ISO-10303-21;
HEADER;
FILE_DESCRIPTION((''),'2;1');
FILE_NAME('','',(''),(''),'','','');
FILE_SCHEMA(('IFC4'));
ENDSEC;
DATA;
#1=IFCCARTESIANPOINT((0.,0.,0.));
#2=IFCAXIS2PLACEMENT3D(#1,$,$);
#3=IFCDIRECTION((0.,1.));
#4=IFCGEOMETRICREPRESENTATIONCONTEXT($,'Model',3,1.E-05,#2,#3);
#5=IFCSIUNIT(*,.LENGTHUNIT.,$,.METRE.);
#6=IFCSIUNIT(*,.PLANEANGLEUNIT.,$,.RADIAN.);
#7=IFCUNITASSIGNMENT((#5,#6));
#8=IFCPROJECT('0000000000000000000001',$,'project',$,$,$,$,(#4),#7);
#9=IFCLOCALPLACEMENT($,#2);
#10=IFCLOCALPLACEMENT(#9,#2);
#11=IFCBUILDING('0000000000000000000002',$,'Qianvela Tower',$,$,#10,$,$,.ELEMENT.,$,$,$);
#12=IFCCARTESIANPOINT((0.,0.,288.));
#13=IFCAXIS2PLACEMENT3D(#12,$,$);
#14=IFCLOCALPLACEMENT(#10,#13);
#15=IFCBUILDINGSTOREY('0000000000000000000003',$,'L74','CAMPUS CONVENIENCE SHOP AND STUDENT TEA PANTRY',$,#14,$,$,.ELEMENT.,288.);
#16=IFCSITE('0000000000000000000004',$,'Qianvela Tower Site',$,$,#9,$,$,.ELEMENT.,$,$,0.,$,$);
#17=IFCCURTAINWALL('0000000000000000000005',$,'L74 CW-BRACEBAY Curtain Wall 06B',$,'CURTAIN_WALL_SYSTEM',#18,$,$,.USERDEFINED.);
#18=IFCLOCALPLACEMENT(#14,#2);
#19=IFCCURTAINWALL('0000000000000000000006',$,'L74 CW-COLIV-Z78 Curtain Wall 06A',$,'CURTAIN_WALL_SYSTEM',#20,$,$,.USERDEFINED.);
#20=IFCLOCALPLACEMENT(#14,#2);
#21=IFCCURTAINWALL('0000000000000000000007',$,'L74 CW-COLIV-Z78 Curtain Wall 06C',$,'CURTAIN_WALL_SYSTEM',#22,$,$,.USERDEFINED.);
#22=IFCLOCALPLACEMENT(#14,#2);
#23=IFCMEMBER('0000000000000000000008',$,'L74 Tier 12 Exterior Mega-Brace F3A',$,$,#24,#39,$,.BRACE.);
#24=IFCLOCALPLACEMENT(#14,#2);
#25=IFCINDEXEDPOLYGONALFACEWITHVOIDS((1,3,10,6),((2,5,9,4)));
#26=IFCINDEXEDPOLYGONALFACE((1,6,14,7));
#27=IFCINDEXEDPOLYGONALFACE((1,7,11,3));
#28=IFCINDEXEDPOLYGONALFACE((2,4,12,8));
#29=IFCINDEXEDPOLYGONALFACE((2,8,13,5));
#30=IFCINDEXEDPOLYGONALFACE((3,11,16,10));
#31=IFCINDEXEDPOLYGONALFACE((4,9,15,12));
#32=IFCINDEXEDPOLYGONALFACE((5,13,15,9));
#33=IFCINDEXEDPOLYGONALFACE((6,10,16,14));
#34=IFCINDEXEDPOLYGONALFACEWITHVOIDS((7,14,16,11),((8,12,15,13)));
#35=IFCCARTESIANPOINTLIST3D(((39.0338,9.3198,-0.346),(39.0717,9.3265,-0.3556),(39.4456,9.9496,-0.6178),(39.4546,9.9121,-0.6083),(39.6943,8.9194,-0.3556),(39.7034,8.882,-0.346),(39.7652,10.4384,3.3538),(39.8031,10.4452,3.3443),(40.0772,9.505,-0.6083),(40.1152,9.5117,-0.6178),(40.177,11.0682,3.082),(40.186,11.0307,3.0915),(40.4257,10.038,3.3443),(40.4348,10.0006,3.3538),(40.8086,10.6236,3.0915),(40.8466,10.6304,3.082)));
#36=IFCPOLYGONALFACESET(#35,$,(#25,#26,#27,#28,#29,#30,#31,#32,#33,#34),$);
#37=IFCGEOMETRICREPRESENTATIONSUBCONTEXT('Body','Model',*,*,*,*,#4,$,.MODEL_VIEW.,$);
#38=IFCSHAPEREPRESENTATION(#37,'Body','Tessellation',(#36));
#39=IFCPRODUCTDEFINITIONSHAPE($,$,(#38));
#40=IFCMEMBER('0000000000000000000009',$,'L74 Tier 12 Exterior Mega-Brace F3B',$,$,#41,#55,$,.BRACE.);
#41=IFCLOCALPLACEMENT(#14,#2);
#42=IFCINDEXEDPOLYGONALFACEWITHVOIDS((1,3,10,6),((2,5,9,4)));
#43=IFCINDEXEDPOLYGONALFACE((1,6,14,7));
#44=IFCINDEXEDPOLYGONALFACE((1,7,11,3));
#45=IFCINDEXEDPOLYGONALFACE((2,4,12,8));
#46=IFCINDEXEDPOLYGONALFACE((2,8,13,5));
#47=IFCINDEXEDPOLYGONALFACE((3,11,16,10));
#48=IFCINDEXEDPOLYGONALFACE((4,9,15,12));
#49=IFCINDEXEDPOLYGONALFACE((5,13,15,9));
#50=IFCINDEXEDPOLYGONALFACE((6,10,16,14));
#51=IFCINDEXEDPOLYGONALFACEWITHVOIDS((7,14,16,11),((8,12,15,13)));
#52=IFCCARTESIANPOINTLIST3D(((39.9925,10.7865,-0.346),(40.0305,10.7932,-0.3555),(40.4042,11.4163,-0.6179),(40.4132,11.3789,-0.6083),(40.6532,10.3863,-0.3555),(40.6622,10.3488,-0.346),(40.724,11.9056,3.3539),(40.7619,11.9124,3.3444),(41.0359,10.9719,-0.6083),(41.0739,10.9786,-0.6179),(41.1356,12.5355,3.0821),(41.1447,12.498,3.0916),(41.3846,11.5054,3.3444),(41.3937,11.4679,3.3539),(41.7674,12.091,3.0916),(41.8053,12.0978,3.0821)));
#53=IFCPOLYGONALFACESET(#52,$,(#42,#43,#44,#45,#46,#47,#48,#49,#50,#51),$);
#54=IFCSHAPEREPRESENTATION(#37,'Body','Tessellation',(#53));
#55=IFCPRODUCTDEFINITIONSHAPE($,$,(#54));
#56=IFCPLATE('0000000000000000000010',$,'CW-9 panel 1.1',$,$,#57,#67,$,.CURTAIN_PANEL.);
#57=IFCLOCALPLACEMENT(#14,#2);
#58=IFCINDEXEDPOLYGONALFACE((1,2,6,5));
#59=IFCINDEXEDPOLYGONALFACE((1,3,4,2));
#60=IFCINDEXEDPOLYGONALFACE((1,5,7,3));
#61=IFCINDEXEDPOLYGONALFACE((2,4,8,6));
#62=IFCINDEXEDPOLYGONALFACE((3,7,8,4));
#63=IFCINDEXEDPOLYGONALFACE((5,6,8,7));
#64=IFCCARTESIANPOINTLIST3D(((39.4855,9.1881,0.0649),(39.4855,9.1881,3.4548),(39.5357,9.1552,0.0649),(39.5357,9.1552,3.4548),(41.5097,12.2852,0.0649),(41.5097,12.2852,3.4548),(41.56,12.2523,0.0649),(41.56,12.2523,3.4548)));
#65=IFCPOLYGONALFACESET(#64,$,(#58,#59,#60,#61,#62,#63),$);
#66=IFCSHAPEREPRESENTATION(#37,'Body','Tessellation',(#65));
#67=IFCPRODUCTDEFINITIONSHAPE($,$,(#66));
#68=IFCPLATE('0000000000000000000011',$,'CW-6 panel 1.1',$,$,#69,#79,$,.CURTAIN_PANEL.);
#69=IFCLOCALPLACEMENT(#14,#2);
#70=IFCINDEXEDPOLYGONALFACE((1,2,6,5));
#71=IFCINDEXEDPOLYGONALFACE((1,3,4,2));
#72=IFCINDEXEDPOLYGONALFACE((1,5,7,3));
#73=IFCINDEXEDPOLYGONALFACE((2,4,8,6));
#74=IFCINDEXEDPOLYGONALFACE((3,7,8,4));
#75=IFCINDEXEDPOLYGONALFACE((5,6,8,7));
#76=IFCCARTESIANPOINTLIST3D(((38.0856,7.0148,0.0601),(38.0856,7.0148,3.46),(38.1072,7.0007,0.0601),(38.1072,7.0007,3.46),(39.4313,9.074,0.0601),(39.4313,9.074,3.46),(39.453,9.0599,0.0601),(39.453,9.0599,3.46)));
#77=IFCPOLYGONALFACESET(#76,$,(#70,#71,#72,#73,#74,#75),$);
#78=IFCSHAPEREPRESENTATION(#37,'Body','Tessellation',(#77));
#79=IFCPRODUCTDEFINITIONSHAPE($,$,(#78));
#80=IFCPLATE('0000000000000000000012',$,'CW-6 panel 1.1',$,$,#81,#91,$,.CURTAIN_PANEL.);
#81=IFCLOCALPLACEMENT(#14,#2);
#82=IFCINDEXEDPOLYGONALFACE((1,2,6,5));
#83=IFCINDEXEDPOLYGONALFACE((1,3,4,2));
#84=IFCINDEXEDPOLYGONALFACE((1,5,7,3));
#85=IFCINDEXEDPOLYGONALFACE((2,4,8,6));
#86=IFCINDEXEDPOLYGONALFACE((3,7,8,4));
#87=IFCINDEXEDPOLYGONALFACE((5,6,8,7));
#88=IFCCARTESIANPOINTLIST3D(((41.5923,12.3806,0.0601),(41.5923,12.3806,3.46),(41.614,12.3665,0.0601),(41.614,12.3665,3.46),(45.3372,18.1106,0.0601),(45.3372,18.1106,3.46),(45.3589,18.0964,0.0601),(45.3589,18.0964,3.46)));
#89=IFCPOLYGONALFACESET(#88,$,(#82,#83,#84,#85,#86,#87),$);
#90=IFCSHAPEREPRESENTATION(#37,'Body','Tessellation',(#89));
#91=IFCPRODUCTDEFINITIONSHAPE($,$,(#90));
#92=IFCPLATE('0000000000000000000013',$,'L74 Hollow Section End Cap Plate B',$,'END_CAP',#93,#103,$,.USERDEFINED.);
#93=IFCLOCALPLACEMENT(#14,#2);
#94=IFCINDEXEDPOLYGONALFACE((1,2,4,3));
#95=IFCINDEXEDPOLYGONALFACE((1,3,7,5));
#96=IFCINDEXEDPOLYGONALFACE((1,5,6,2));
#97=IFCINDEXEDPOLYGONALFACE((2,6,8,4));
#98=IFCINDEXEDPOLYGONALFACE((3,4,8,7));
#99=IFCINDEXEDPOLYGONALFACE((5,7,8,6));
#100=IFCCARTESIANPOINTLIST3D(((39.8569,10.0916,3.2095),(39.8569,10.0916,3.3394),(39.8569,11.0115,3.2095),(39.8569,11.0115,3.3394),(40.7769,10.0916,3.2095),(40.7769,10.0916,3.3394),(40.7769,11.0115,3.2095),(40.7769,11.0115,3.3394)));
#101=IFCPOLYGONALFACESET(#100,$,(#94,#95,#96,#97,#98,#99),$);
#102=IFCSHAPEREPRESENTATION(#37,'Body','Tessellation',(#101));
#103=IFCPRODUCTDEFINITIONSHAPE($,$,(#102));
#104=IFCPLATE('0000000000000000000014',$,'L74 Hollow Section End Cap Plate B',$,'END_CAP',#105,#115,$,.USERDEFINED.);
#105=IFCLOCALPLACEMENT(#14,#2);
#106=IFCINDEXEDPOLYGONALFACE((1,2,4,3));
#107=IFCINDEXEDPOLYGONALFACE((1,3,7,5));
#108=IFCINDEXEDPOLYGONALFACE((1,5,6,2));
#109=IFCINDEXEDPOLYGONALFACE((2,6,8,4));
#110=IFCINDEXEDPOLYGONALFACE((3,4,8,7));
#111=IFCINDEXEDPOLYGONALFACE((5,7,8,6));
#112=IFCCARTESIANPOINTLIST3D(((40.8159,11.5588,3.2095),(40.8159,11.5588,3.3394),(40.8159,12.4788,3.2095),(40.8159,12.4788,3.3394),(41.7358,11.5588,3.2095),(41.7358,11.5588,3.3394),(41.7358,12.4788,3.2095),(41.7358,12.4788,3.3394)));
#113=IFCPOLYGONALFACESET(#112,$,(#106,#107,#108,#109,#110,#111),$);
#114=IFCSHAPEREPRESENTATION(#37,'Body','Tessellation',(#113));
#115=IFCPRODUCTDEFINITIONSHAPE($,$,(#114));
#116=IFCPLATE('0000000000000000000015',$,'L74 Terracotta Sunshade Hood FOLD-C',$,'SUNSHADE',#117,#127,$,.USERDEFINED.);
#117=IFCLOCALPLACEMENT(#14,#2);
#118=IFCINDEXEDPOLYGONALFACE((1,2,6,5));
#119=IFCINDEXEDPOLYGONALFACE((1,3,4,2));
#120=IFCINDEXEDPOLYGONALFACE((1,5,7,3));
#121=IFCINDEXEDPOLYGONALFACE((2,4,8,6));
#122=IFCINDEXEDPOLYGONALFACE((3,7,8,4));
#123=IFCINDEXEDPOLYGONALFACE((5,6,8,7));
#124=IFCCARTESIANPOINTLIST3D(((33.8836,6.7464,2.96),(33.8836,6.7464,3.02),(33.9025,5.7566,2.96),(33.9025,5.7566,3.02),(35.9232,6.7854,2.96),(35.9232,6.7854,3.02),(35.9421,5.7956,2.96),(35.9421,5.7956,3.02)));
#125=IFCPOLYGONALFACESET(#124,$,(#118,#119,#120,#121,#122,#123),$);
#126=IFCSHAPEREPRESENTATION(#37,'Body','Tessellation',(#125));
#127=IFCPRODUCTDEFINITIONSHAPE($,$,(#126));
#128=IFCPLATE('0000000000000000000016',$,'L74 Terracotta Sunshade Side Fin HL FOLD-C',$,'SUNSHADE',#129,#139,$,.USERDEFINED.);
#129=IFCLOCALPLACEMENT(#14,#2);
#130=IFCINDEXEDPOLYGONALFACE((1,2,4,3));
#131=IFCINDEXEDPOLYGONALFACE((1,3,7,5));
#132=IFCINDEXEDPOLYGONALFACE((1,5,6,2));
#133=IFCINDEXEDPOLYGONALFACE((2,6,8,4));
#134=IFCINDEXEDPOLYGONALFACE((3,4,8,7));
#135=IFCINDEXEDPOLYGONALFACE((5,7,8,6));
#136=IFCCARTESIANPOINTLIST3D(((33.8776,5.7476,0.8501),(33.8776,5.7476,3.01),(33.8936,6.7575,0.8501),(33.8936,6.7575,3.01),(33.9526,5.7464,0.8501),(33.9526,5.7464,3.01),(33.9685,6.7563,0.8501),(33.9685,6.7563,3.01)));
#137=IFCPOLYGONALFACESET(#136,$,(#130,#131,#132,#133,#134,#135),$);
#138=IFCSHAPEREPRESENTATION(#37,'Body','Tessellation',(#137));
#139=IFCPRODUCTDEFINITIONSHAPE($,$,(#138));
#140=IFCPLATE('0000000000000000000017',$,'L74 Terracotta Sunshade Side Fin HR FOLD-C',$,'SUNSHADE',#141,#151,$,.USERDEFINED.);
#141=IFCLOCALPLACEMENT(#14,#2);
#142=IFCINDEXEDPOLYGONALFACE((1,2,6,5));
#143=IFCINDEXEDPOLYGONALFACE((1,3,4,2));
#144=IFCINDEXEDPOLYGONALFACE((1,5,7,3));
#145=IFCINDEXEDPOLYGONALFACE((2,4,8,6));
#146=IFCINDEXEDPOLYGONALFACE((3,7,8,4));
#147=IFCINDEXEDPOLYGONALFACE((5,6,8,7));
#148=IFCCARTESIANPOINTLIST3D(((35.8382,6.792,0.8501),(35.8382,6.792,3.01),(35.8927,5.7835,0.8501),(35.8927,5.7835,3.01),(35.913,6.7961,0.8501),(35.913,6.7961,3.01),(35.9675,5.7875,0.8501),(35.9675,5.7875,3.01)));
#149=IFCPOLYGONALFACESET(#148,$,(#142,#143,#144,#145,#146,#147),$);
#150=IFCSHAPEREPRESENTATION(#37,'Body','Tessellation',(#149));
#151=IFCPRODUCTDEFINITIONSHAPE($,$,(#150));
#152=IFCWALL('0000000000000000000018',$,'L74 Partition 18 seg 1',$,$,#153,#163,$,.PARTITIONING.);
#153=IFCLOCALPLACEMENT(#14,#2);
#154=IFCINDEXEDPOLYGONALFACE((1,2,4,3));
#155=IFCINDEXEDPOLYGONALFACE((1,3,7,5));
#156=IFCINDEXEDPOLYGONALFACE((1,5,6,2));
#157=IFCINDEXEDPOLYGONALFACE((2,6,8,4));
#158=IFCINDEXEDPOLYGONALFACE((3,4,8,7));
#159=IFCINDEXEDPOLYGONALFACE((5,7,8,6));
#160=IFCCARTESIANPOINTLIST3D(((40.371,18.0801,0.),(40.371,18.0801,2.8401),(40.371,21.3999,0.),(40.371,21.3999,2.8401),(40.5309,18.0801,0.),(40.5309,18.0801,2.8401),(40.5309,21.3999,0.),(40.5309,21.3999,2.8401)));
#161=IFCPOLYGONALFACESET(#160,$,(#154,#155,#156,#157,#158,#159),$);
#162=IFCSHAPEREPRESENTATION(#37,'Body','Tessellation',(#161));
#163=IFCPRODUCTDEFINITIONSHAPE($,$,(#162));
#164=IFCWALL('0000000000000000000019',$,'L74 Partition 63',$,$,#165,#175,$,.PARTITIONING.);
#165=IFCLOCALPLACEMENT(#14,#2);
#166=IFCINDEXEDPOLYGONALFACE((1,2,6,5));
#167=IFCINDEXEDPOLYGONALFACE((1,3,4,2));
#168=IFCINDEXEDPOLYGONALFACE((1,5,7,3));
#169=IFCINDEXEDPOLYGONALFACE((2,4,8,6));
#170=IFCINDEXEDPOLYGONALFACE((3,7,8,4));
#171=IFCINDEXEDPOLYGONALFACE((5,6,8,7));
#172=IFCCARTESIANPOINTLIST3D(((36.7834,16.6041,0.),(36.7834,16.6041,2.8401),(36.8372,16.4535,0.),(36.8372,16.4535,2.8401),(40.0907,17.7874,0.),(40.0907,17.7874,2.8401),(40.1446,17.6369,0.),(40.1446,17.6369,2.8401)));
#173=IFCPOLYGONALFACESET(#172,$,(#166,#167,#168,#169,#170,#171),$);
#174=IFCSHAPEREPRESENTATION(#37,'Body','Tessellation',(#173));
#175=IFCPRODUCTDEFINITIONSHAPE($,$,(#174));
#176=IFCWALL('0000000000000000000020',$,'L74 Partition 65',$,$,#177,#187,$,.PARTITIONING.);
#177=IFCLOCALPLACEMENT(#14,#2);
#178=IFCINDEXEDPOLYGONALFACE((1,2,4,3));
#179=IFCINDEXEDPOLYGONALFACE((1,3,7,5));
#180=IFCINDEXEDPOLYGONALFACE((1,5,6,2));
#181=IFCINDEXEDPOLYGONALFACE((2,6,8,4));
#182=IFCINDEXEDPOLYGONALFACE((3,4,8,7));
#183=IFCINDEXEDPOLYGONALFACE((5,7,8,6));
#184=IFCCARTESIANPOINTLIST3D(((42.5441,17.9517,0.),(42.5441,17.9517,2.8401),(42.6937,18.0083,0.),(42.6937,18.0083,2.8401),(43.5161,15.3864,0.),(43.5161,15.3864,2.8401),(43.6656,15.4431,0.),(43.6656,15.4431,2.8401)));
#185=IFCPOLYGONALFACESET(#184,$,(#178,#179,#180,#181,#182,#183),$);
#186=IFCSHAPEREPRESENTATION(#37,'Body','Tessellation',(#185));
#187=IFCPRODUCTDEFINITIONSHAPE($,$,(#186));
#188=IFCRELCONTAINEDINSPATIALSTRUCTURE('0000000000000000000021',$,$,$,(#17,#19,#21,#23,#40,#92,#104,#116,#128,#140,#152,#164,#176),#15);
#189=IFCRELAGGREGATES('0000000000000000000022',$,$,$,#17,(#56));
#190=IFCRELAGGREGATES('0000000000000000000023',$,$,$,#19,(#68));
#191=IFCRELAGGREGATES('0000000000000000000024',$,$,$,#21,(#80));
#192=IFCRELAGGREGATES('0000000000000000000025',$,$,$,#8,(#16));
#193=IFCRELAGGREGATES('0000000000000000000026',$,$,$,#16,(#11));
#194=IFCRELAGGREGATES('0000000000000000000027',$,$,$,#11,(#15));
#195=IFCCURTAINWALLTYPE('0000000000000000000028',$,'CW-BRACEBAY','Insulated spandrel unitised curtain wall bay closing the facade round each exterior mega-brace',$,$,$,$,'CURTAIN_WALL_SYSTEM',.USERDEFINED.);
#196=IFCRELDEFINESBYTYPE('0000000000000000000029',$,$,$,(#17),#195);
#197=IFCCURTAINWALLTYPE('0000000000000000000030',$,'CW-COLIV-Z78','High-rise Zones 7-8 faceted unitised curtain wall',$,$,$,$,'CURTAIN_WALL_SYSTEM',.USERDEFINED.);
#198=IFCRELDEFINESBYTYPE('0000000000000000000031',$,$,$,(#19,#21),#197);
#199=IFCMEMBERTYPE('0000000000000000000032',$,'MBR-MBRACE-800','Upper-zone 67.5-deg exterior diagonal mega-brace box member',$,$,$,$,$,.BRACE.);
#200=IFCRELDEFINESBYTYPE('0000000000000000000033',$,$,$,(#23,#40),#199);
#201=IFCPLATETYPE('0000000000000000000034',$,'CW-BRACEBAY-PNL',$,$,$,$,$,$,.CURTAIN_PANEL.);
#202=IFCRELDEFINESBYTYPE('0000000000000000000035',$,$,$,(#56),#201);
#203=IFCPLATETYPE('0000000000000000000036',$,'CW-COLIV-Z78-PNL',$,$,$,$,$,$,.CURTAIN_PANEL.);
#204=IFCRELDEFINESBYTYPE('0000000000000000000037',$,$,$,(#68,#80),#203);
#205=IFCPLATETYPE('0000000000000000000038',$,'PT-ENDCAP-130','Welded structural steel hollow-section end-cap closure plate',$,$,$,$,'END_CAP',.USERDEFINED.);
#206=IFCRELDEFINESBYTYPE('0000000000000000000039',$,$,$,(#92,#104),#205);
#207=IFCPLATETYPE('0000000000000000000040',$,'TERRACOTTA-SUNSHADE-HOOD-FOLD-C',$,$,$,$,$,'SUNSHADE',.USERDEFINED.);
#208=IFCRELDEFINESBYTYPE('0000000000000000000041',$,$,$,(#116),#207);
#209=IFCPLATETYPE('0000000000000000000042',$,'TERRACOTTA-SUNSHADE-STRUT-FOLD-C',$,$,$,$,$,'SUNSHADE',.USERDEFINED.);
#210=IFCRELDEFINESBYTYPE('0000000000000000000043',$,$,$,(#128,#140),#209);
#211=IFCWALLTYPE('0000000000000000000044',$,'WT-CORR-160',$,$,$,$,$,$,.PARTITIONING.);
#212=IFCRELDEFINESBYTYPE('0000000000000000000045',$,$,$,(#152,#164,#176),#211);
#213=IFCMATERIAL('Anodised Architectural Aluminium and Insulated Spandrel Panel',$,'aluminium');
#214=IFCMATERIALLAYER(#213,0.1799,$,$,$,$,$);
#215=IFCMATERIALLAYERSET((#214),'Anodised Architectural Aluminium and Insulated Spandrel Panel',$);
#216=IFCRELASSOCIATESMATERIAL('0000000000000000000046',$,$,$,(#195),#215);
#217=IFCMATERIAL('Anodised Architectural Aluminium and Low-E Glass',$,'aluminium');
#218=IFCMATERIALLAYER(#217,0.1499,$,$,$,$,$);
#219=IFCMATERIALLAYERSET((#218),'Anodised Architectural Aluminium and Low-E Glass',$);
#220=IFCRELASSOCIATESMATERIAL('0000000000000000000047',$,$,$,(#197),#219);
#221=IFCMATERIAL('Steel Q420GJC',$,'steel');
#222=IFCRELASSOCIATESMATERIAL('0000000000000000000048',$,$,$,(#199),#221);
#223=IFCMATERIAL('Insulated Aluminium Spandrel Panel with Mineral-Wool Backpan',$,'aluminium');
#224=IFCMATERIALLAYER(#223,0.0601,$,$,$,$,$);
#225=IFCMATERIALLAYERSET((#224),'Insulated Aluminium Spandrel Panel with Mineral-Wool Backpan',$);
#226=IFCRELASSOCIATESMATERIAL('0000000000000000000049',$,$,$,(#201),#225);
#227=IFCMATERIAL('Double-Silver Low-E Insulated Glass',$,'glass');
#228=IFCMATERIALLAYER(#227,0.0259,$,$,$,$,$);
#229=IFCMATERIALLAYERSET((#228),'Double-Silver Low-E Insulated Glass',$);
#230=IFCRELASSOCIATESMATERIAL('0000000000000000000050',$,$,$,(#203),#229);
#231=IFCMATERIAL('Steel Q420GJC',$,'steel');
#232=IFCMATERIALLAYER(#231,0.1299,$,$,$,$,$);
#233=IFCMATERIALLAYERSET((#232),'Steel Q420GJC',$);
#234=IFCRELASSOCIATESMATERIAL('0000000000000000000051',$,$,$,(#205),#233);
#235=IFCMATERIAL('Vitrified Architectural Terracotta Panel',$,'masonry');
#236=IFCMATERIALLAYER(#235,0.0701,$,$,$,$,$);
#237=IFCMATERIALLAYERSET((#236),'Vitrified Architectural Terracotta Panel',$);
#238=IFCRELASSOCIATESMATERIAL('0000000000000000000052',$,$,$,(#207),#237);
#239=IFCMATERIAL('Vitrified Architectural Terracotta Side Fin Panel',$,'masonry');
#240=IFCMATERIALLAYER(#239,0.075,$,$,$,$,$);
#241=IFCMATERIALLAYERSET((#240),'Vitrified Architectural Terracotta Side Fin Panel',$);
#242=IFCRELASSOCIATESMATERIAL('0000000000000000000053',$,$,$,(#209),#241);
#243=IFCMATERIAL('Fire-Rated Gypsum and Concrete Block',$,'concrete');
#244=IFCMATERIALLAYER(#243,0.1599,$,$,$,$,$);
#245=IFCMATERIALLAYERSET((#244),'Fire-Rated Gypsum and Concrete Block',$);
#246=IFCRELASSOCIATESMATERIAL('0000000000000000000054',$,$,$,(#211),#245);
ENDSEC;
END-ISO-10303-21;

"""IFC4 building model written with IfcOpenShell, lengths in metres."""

from ifc_helpers import new_model, si_unit, direction, frame, frame_2d, origin, origin_2d, place, context, subcontext, project, spatial, rectangle, hollow_rectangle, extrude, material, layer, layer_set, material_profile, profile_set, type_object, element, aggregate, save


model = new_model("IFC4")

# Units and contexts
model_context = context("Model", 3, precision=1e-05, world=origin(), true_north=direction((0.0, 1.0)))
body_context = subcontext(model_context, "Body", "Model", "MODEL_VIEW")
ifc_project = project(units=[si_unit("LENGTHUNIT", "METRE"), si_unit("PLANEANGLEUNIT", "RADIAN")], contexts=[model_context])

# Site, building, storey
site_placement = place(None, origin())
site = spatial("IfcSite", under=ifc_project, at=site_placement, Name="Qianvela Tower Site", CompositionType="ELEMENT", RefElevation=0.0)
building_placement = place(site_placement, origin())
building = spatial("IfcBuilding", under=site, at=building_placement, Name="Qianvela Tower", CompositionType="ELEMENT")
storey_placement = place(building_placement, frame((0.0, 0.0, 288.0)))
storey = spatial("IfcBuildingStorey", under=building, at=storey_placement, Name="L74", Description="CAMPUS CONVENIENCE SHOP AND STUDENT TEA PANTRY", CompositionType="ELEMENT", Elevation=288.0)

# Curtain walls
ifc_material_1 = material(Name="Anodised Architectural Aluminium and Insulated Spandrel Panel", Category="aluminium")
ifc_layer_1 = layer(ifc_material_1, 0.1799)
ifc_layer_set_1 = layer_set([ifc_layer_1], Name="Anodised Architectural Aluminium and Insulated Spandrel Panel")
curtain_wall_type_1 = type_object("IfcCurtainWallType", Name="CW-BRACEBAY", Description="Insulated spandrel unitised curtain wall bay closing the facade round each exterior mega-brace", ElementType="CURTAIN_WALL_SYSTEM", PredefinedType="USERDEFINED", material=ifc_layer_set_1)
curtain_wall_1_placement = place(storey_placement, origin())
curtain_wall_1 = element("IfcCurtainWall", 1, at=curtain_wall_1_placement, inside=storey, type_object=curtain_wall_type_1, Name="L74 CW-BRACEBAY Curtain Wall 06B", ObjectType="CURTAIN_WALL_SYSTEM", PredefinedType="USERDEFINED")
ifc_material_2 = material(Name="Anodised Architectural Aluminium and Low-E Glass", Category="aluminium")
ifc_layer_2 = layer(ifc_material_2, 0.1499)
ifc_layer_set_2 = layer_set([ifc_layer_2], Name="Anodised Architectural Aluminium and Low-E Glass")
curtain_wall_type_2 = type_object("IfcCurtainWallType", Name="CW-COLIV-Z78", Description="High-rise Zones 7-8 faceted unitised curtain wall", ElementType="CURTAIN_WALL_SYSTEM", PredefinedType="USERDEFINED", material=ifc_layer_set_2)
curtain_wall_2_placement = place(storey_placement, origin())
curtain_wall_2 = element("IfcCurtainWall", 2, at=curtain_wall_2_placement, inside=storey, type_object=curtain_wall_type_2, Name="L74 CW-COLIV-Z78 Curtain Wall 06A", ObjectType="CURTAIN_WALL_SYSTEM", PredefinedType="USERDEFINED")
curtain_wall_3_placement = place(storey_placement, origin())
curtain_wall_3 = element("IfcCurtainWall", 3, at=curtain_wall_3_placement, inside=storey, type_object=curtain_wall_type_2, Name="L74 CW-COLIV-Z78 Curtain Wall 06C", ObjectType="CURTAIN_WALL_SYSTEM", PredefinedType="USERDEFINED")

# Members
ifc_material_3 = material(Name="Steel Q420GJC", Category="steel")
ifc_material_profile_1 = material_profile(ifc_material_3, hollow_rectangle(XDim=0.8, YDim=0.8, WallThickness=0.0281, at=origin_2d()), Name="MBOX-800x800x28")
ifc_profile_set_1 = profile_set([ifc_material_profile_1], Name="Steel Q420GJC")
member_type_1 = type_object("IfcMemberType", Name="MBR-MBRACE-800", Description="Upper-zone 67.5-deg exterior diagonal mega-brace box member", PredefinedType="BRACE", material=ifc_profile_set_1)
member_1_placement = place(storey_placement, frame((39.5745, 9.4158, -0.4819), z_axis=(0.185931, 0.284358, 0.940516), x_axis=(-0.836963, 0.547259, 0.0)))
element("IfcMember", 4, at=member_1_placement, inside=storey, type_object=member_type_1, Name="L74 Tier 12 Exterior Mega-Brace F3A", PredefinedType="BRACE", context=body_context, shape_type="SweptSolid", body=[
    extrude(hollow_rectangle(XDim=0.8, YDim=0.8, WallThickness=0.0281, at=origin_2d()), origin(), (0.0, 0.0, 1.0), 3.9338),
])
member_2_placement = place(storey_placement, frame((40.5332, 10.8826, -0.4819), z_axis=(0.185925, 0.284472, 0.940483), x_axis=(-0.837073, 0.547092, 0.0)))
element("IfcMember", 5, at=member_2_placement, inside=storey, type_object=member_type_1, Name="L74 Tier 12 Exterior Mega-Brace F3B", PredefinedType="BRACE", context=body_context, shape_type="SweptSolid", body=[
    extrude(hollow_rectangle(XDim=0.8, YDim=0.8, WallThickness=0.0281, at=origin_2d()), origin(), (0.0, 0.0, 1.0), 3.9341),
])

# Plates
ifc_material_4 = material(Name="Insulated Aluminium Spandrel Panel with Mineral-Wool Backpan", Category="aluminium")
ifc_layer_3 = layer(ifc_material_4, 0.0601)
ifc_layer_set_3 = layer_set([ifc_layer_3], Name="Insulated Aluminium Spandrel Panel with Mineral-Wool Backpan")
plate_type_1 = type_object("IfcPlateType", Name="CW-BRACEBAY-PNL", PredefinedType="CURTAIN_PANEL", material=ifc_layer_set_3)
plate_1_placement = place(storey_placement, frame((40.5227, 10.7202, 0.0649), z_axis=(0.0, 0.0, 1.0), x_axis=(0.547097, 0.837069, 0.0)))
plate_1 = element("IfcPlate", 6, at=plate_1_placement, type_object=plate_type_1, Name="CW-9 panel 1.1", PredefinedType="CURTAIN_PANEL", context=body_context, shape_type="SweptSolid", body=[
    extrude(rectangle(XDim=3.7, YDim=0.0601, at=origin_2d()), origin(), (0.0, 0.0, 1.0), 3.3899),
])
aggregate(curtain_wall_1, [plate_1])
ifc_material_5 = material(Name="Double-Silver Low-E Insulated Glass", Category="glass")
ifc_layer_4 = layer(ifc_material_5, 0.0259)
ifc_layer_set_4 = layer_set([ifc_layer_4], Name="Double-Silver Low-E Insulated Glass")
plate_type_2 = type_object("IfcPlateType", Name="CW-COLIV-Z78-PNL", PredefinedType="CURTAIN_PANEL", material=ifc_layer_set_4)
plate_2_placement = place(storey_placement, frame((38.7693, 8.0374, 0.0601), z_axis=(0.0, 0.0, 1.0), x_axis=(0.547074, 0.837084, 0.0)))
plate_2 = element("IfcPlate", 7, at=plate_2_placement, type_object=plate_type_2, Name="CW-6 panel 1.1", PredefinedType="CURTAIN_PANEL", context=body_context, shape_type="SweptSolid", body=[
    extrude(rectangle(XDim=2.46, YDim=0.0259, at=origin_2d()), origin(), (0.0, 0.0, 1.0), 3.3999),
])
aggregate(curtain_wall_2, [plate_2])
plate_3_placement = place(storey_placement, frame((43.4756, 15.2385, 0.0601), z_axis=(0.0, 0.0, 1.0), x_axis=(0.547081, 0.83708, 0.0)))
plate_3 = element("IfcPlate", 8, at=plate_3_placement, type_object=plate_type_2, Name="CW-6 panel 1.1", PredefinedType="CURTAIN_PANEL", context=body_context, shape_type="SweptSolid", body=[
    extrude(rectangle(XDim=6.8452, YDim=0.0259, at=origin_2d()), origin(), (0.0, 0.0, 1.0), 3.3999),
])
aggregate(curtain_wall_3, [plate_3])

# Plates
ifc_material_6 = material(Name="Steel Q420GJC", Category="steel")
ifc_layer_5 = layer(ifc_material_6, 0.1299)
ifc_layer_set_5 = layer_set([ifc_layer_5], Name="Steel Q420GJC")
plate_type_3 = type_object("IfcPlateType", Name="PT-ENDCAP-130", Description="Welded structural steel hollow-section end-cap closure plate", ElementType="END_CAP", PredefinedType="USERDEFINED", material=ifc_layer_set_5)
for number, where, z_axis, x_axis, name in (
    (9, (40.3169, 10.5515, 3.2095), (0.0, 0.0, 1.0), (1.0, 0.0, 0.0), "L74 Hollow Section End Cap Plate B"),
    (10, (41.2759, 12.0188, 3.2095), (0.0, 0.0, 1.0), (1.0, 0.0, 0.0), "L74 Hollow Section End Cap Plate B"),
):
    element("IfcPlate", number, at=place(storey_placement, frame(where, z_axis=z_axis, x_axis=x_axis)), inside=storey, type_object=plate_type_3, Name=name, ObjectType="END_CAP", PredefinedType="USERDEFINED", context=body_context, shape_type="SweptSolid", body=[
        extrude(rectangle(XDim=0.9199, YDim=0.9199, at=origin_2d()), origin(), (0.0, 0.0, 1.0), 0.1299),
    ])
ifc_material_7 = material(Name="Vitrified Architectural Terracotta Panel", Category="masonry")
ifc_layer_6 = layer(ifc_material_7, 0.0701)
ifc_layer_set_6 = layer_set([ifc_layer_6], Name="Vitrified Architectural Terracotta Panel")
plate_type_4 = type_object("IfcPlateType", Name="TERRACOTTA-SUNSHADE-HOOD-FOLD-C", ElementType="SUNSHADE", PredefinedType="USERDEFINED", material=ifc_layer_set_6)
plate_4_placement = place(storey_placement, frame((34.9128, 6.271, 2.96), z_axis=(0.0, 0.0, 1.0), x_axis=(0.999818, 0.019098, 0.0)))
element("IfcPlate", 11, at=plate_4_placement, inside=storey, type_object=plate_type_4, Name="L74 Terracotta Sunshade Hood FOLD-C", ObjectType="SUNSHADE", PredefinedType="USERDEFINED", context=body_context, shape_type="SweptSolid", body=[
    extrude(rectangle(XDim=2.04, YDim=0.99, at=origin_2d()), origin(), (0.0, 0.0, 1.0), 0.0601),
])
ifc_material_8 = material(Name="Vitrified Architectural Terracotta Side Fin Panel", Category="masonry")
ifc_layer_7 = layer(ifc_material_8, 0.075)
ifc_layer_set_7 = layer_set([ifc_layer_7], Name="Vitrified Architectural Terracotta Side Fin Panel")
plate_type_5 = type_object("IfcPlateType", Name="TERRACOTTA-SUNSHADE-STRUT-FOLD-C", ElementType="SUNSHADE", PredefinedType="USERDEFINED", material=ifc_layer_set_7)
for number, where, z_axis, x_axis, name in (
    (12, (33.9231, 6.252, 0.8501), (0.0, 0.0, 1.0), (0.999875, -0.015807, 0.0), "L74 Terracotta Sunshade Side Fin HL FOLD-C"),
    (13, (35.9028, 6.2898, 0.8501), (0.0, 0.0, 1.0), (0.998542, 0.053979, 0.0), "L74 Terracotta Sunshade Side Fin HR FOLD-C"),
):
    element("IfcPlate", number, at=place(storey_placement, frame(where, z_axis=z_axis, x_axis=x_axis)), inside=storey, type_object=plate_type_5, Name=name, ObjectType="SUNSHADE", PredefinedType="USERDEFINED", context=body_context, shape_type="SweptSolid", body=[
        extrude(rectangle(XDim=0.075, YDim=1.01, at=origin_2d()), origin(), (0.0, 0.0, 1.0), 2.1599),
    ])

# Shared definitions
ifc_material_9 = material(Name="Fire-Rated Gypsum and Concrete Block", Category="concrete")
ifc_layer_8 = layer(ifc_material_9, 0.1599)
ifc_layer_set_8 = layer_set([ifc_layer_8], Name="Fire-Rated Gypsum and Concrete Block")
wall_type_1 = type_object("IfcWallType", Name="WT-CORR-160", PredefinedType="PARTITIONING", material=ifc_layer_set_8)

# Walls
wall_1_placement = place(storey_placement, frame((40.4509, 18.0801, 0.0), z_axis=(0.0, 0.0, 1.0), x_axis=(0.0, 1.0, 0.0)))
element("IfcWall", 14, at=wall_1_placement, inside=storey, type_object=wall_type_1, Name="L74 Partition 18 seg 1", PredefinedType="PARTITIONING", context=body_context, shape_type="SweptSolid", body=[
    extrude(rectangle(XDim=3.3198, YDim=0.1599, at=frame_2d((1.6599, 0.0))), origin(), (0.0, 0.0, 1.0), 2.8401),
])
wall_2_placement = place(storey_placement, frame((36.8103, 16.5288, 0.0), z_axis=(0.0, 0.0, 1.0), x_axis=(0.941548, 0.336878, 0.0)))
element("IfcWall", 15, at=wall_2_placement, inside=storey, type_object=wall_type_1, Name="L74 Partition 63", PredefinedType="PARTITIONING", context=body_context, shape_type="SweptSolid", body=[
    extrude(rectangle(XDim=3.5127, YDim=0.1599, at=frame_2d((1.7563, 0.0))), origin(), (0.0, 0.0, 1.0), 2.8401),
])
wall_3_placement = place(storey_placement, frame((42.6189, 17.98, 0.0), z_axis=(0.0, 0.0, 1.0), x_axis=(0.354311, -0.935128, 0.0)))
element("IfcWall", 16, at=wall_3_placement, inside=storey, type_object=wall_type_1, Name="L74 Partition 65", PredefinedType="PARTITIONING", context=body_context, shape_type="SweptSolid", body=[
    extrude(rectangle(XDim=2.7432, YDim=0.1599, at=frame_2d((1.3716, 0.0))), origin(), (0.0, 0.0, 1.0), 2.8401),
])

save(model, "model.ifc")
